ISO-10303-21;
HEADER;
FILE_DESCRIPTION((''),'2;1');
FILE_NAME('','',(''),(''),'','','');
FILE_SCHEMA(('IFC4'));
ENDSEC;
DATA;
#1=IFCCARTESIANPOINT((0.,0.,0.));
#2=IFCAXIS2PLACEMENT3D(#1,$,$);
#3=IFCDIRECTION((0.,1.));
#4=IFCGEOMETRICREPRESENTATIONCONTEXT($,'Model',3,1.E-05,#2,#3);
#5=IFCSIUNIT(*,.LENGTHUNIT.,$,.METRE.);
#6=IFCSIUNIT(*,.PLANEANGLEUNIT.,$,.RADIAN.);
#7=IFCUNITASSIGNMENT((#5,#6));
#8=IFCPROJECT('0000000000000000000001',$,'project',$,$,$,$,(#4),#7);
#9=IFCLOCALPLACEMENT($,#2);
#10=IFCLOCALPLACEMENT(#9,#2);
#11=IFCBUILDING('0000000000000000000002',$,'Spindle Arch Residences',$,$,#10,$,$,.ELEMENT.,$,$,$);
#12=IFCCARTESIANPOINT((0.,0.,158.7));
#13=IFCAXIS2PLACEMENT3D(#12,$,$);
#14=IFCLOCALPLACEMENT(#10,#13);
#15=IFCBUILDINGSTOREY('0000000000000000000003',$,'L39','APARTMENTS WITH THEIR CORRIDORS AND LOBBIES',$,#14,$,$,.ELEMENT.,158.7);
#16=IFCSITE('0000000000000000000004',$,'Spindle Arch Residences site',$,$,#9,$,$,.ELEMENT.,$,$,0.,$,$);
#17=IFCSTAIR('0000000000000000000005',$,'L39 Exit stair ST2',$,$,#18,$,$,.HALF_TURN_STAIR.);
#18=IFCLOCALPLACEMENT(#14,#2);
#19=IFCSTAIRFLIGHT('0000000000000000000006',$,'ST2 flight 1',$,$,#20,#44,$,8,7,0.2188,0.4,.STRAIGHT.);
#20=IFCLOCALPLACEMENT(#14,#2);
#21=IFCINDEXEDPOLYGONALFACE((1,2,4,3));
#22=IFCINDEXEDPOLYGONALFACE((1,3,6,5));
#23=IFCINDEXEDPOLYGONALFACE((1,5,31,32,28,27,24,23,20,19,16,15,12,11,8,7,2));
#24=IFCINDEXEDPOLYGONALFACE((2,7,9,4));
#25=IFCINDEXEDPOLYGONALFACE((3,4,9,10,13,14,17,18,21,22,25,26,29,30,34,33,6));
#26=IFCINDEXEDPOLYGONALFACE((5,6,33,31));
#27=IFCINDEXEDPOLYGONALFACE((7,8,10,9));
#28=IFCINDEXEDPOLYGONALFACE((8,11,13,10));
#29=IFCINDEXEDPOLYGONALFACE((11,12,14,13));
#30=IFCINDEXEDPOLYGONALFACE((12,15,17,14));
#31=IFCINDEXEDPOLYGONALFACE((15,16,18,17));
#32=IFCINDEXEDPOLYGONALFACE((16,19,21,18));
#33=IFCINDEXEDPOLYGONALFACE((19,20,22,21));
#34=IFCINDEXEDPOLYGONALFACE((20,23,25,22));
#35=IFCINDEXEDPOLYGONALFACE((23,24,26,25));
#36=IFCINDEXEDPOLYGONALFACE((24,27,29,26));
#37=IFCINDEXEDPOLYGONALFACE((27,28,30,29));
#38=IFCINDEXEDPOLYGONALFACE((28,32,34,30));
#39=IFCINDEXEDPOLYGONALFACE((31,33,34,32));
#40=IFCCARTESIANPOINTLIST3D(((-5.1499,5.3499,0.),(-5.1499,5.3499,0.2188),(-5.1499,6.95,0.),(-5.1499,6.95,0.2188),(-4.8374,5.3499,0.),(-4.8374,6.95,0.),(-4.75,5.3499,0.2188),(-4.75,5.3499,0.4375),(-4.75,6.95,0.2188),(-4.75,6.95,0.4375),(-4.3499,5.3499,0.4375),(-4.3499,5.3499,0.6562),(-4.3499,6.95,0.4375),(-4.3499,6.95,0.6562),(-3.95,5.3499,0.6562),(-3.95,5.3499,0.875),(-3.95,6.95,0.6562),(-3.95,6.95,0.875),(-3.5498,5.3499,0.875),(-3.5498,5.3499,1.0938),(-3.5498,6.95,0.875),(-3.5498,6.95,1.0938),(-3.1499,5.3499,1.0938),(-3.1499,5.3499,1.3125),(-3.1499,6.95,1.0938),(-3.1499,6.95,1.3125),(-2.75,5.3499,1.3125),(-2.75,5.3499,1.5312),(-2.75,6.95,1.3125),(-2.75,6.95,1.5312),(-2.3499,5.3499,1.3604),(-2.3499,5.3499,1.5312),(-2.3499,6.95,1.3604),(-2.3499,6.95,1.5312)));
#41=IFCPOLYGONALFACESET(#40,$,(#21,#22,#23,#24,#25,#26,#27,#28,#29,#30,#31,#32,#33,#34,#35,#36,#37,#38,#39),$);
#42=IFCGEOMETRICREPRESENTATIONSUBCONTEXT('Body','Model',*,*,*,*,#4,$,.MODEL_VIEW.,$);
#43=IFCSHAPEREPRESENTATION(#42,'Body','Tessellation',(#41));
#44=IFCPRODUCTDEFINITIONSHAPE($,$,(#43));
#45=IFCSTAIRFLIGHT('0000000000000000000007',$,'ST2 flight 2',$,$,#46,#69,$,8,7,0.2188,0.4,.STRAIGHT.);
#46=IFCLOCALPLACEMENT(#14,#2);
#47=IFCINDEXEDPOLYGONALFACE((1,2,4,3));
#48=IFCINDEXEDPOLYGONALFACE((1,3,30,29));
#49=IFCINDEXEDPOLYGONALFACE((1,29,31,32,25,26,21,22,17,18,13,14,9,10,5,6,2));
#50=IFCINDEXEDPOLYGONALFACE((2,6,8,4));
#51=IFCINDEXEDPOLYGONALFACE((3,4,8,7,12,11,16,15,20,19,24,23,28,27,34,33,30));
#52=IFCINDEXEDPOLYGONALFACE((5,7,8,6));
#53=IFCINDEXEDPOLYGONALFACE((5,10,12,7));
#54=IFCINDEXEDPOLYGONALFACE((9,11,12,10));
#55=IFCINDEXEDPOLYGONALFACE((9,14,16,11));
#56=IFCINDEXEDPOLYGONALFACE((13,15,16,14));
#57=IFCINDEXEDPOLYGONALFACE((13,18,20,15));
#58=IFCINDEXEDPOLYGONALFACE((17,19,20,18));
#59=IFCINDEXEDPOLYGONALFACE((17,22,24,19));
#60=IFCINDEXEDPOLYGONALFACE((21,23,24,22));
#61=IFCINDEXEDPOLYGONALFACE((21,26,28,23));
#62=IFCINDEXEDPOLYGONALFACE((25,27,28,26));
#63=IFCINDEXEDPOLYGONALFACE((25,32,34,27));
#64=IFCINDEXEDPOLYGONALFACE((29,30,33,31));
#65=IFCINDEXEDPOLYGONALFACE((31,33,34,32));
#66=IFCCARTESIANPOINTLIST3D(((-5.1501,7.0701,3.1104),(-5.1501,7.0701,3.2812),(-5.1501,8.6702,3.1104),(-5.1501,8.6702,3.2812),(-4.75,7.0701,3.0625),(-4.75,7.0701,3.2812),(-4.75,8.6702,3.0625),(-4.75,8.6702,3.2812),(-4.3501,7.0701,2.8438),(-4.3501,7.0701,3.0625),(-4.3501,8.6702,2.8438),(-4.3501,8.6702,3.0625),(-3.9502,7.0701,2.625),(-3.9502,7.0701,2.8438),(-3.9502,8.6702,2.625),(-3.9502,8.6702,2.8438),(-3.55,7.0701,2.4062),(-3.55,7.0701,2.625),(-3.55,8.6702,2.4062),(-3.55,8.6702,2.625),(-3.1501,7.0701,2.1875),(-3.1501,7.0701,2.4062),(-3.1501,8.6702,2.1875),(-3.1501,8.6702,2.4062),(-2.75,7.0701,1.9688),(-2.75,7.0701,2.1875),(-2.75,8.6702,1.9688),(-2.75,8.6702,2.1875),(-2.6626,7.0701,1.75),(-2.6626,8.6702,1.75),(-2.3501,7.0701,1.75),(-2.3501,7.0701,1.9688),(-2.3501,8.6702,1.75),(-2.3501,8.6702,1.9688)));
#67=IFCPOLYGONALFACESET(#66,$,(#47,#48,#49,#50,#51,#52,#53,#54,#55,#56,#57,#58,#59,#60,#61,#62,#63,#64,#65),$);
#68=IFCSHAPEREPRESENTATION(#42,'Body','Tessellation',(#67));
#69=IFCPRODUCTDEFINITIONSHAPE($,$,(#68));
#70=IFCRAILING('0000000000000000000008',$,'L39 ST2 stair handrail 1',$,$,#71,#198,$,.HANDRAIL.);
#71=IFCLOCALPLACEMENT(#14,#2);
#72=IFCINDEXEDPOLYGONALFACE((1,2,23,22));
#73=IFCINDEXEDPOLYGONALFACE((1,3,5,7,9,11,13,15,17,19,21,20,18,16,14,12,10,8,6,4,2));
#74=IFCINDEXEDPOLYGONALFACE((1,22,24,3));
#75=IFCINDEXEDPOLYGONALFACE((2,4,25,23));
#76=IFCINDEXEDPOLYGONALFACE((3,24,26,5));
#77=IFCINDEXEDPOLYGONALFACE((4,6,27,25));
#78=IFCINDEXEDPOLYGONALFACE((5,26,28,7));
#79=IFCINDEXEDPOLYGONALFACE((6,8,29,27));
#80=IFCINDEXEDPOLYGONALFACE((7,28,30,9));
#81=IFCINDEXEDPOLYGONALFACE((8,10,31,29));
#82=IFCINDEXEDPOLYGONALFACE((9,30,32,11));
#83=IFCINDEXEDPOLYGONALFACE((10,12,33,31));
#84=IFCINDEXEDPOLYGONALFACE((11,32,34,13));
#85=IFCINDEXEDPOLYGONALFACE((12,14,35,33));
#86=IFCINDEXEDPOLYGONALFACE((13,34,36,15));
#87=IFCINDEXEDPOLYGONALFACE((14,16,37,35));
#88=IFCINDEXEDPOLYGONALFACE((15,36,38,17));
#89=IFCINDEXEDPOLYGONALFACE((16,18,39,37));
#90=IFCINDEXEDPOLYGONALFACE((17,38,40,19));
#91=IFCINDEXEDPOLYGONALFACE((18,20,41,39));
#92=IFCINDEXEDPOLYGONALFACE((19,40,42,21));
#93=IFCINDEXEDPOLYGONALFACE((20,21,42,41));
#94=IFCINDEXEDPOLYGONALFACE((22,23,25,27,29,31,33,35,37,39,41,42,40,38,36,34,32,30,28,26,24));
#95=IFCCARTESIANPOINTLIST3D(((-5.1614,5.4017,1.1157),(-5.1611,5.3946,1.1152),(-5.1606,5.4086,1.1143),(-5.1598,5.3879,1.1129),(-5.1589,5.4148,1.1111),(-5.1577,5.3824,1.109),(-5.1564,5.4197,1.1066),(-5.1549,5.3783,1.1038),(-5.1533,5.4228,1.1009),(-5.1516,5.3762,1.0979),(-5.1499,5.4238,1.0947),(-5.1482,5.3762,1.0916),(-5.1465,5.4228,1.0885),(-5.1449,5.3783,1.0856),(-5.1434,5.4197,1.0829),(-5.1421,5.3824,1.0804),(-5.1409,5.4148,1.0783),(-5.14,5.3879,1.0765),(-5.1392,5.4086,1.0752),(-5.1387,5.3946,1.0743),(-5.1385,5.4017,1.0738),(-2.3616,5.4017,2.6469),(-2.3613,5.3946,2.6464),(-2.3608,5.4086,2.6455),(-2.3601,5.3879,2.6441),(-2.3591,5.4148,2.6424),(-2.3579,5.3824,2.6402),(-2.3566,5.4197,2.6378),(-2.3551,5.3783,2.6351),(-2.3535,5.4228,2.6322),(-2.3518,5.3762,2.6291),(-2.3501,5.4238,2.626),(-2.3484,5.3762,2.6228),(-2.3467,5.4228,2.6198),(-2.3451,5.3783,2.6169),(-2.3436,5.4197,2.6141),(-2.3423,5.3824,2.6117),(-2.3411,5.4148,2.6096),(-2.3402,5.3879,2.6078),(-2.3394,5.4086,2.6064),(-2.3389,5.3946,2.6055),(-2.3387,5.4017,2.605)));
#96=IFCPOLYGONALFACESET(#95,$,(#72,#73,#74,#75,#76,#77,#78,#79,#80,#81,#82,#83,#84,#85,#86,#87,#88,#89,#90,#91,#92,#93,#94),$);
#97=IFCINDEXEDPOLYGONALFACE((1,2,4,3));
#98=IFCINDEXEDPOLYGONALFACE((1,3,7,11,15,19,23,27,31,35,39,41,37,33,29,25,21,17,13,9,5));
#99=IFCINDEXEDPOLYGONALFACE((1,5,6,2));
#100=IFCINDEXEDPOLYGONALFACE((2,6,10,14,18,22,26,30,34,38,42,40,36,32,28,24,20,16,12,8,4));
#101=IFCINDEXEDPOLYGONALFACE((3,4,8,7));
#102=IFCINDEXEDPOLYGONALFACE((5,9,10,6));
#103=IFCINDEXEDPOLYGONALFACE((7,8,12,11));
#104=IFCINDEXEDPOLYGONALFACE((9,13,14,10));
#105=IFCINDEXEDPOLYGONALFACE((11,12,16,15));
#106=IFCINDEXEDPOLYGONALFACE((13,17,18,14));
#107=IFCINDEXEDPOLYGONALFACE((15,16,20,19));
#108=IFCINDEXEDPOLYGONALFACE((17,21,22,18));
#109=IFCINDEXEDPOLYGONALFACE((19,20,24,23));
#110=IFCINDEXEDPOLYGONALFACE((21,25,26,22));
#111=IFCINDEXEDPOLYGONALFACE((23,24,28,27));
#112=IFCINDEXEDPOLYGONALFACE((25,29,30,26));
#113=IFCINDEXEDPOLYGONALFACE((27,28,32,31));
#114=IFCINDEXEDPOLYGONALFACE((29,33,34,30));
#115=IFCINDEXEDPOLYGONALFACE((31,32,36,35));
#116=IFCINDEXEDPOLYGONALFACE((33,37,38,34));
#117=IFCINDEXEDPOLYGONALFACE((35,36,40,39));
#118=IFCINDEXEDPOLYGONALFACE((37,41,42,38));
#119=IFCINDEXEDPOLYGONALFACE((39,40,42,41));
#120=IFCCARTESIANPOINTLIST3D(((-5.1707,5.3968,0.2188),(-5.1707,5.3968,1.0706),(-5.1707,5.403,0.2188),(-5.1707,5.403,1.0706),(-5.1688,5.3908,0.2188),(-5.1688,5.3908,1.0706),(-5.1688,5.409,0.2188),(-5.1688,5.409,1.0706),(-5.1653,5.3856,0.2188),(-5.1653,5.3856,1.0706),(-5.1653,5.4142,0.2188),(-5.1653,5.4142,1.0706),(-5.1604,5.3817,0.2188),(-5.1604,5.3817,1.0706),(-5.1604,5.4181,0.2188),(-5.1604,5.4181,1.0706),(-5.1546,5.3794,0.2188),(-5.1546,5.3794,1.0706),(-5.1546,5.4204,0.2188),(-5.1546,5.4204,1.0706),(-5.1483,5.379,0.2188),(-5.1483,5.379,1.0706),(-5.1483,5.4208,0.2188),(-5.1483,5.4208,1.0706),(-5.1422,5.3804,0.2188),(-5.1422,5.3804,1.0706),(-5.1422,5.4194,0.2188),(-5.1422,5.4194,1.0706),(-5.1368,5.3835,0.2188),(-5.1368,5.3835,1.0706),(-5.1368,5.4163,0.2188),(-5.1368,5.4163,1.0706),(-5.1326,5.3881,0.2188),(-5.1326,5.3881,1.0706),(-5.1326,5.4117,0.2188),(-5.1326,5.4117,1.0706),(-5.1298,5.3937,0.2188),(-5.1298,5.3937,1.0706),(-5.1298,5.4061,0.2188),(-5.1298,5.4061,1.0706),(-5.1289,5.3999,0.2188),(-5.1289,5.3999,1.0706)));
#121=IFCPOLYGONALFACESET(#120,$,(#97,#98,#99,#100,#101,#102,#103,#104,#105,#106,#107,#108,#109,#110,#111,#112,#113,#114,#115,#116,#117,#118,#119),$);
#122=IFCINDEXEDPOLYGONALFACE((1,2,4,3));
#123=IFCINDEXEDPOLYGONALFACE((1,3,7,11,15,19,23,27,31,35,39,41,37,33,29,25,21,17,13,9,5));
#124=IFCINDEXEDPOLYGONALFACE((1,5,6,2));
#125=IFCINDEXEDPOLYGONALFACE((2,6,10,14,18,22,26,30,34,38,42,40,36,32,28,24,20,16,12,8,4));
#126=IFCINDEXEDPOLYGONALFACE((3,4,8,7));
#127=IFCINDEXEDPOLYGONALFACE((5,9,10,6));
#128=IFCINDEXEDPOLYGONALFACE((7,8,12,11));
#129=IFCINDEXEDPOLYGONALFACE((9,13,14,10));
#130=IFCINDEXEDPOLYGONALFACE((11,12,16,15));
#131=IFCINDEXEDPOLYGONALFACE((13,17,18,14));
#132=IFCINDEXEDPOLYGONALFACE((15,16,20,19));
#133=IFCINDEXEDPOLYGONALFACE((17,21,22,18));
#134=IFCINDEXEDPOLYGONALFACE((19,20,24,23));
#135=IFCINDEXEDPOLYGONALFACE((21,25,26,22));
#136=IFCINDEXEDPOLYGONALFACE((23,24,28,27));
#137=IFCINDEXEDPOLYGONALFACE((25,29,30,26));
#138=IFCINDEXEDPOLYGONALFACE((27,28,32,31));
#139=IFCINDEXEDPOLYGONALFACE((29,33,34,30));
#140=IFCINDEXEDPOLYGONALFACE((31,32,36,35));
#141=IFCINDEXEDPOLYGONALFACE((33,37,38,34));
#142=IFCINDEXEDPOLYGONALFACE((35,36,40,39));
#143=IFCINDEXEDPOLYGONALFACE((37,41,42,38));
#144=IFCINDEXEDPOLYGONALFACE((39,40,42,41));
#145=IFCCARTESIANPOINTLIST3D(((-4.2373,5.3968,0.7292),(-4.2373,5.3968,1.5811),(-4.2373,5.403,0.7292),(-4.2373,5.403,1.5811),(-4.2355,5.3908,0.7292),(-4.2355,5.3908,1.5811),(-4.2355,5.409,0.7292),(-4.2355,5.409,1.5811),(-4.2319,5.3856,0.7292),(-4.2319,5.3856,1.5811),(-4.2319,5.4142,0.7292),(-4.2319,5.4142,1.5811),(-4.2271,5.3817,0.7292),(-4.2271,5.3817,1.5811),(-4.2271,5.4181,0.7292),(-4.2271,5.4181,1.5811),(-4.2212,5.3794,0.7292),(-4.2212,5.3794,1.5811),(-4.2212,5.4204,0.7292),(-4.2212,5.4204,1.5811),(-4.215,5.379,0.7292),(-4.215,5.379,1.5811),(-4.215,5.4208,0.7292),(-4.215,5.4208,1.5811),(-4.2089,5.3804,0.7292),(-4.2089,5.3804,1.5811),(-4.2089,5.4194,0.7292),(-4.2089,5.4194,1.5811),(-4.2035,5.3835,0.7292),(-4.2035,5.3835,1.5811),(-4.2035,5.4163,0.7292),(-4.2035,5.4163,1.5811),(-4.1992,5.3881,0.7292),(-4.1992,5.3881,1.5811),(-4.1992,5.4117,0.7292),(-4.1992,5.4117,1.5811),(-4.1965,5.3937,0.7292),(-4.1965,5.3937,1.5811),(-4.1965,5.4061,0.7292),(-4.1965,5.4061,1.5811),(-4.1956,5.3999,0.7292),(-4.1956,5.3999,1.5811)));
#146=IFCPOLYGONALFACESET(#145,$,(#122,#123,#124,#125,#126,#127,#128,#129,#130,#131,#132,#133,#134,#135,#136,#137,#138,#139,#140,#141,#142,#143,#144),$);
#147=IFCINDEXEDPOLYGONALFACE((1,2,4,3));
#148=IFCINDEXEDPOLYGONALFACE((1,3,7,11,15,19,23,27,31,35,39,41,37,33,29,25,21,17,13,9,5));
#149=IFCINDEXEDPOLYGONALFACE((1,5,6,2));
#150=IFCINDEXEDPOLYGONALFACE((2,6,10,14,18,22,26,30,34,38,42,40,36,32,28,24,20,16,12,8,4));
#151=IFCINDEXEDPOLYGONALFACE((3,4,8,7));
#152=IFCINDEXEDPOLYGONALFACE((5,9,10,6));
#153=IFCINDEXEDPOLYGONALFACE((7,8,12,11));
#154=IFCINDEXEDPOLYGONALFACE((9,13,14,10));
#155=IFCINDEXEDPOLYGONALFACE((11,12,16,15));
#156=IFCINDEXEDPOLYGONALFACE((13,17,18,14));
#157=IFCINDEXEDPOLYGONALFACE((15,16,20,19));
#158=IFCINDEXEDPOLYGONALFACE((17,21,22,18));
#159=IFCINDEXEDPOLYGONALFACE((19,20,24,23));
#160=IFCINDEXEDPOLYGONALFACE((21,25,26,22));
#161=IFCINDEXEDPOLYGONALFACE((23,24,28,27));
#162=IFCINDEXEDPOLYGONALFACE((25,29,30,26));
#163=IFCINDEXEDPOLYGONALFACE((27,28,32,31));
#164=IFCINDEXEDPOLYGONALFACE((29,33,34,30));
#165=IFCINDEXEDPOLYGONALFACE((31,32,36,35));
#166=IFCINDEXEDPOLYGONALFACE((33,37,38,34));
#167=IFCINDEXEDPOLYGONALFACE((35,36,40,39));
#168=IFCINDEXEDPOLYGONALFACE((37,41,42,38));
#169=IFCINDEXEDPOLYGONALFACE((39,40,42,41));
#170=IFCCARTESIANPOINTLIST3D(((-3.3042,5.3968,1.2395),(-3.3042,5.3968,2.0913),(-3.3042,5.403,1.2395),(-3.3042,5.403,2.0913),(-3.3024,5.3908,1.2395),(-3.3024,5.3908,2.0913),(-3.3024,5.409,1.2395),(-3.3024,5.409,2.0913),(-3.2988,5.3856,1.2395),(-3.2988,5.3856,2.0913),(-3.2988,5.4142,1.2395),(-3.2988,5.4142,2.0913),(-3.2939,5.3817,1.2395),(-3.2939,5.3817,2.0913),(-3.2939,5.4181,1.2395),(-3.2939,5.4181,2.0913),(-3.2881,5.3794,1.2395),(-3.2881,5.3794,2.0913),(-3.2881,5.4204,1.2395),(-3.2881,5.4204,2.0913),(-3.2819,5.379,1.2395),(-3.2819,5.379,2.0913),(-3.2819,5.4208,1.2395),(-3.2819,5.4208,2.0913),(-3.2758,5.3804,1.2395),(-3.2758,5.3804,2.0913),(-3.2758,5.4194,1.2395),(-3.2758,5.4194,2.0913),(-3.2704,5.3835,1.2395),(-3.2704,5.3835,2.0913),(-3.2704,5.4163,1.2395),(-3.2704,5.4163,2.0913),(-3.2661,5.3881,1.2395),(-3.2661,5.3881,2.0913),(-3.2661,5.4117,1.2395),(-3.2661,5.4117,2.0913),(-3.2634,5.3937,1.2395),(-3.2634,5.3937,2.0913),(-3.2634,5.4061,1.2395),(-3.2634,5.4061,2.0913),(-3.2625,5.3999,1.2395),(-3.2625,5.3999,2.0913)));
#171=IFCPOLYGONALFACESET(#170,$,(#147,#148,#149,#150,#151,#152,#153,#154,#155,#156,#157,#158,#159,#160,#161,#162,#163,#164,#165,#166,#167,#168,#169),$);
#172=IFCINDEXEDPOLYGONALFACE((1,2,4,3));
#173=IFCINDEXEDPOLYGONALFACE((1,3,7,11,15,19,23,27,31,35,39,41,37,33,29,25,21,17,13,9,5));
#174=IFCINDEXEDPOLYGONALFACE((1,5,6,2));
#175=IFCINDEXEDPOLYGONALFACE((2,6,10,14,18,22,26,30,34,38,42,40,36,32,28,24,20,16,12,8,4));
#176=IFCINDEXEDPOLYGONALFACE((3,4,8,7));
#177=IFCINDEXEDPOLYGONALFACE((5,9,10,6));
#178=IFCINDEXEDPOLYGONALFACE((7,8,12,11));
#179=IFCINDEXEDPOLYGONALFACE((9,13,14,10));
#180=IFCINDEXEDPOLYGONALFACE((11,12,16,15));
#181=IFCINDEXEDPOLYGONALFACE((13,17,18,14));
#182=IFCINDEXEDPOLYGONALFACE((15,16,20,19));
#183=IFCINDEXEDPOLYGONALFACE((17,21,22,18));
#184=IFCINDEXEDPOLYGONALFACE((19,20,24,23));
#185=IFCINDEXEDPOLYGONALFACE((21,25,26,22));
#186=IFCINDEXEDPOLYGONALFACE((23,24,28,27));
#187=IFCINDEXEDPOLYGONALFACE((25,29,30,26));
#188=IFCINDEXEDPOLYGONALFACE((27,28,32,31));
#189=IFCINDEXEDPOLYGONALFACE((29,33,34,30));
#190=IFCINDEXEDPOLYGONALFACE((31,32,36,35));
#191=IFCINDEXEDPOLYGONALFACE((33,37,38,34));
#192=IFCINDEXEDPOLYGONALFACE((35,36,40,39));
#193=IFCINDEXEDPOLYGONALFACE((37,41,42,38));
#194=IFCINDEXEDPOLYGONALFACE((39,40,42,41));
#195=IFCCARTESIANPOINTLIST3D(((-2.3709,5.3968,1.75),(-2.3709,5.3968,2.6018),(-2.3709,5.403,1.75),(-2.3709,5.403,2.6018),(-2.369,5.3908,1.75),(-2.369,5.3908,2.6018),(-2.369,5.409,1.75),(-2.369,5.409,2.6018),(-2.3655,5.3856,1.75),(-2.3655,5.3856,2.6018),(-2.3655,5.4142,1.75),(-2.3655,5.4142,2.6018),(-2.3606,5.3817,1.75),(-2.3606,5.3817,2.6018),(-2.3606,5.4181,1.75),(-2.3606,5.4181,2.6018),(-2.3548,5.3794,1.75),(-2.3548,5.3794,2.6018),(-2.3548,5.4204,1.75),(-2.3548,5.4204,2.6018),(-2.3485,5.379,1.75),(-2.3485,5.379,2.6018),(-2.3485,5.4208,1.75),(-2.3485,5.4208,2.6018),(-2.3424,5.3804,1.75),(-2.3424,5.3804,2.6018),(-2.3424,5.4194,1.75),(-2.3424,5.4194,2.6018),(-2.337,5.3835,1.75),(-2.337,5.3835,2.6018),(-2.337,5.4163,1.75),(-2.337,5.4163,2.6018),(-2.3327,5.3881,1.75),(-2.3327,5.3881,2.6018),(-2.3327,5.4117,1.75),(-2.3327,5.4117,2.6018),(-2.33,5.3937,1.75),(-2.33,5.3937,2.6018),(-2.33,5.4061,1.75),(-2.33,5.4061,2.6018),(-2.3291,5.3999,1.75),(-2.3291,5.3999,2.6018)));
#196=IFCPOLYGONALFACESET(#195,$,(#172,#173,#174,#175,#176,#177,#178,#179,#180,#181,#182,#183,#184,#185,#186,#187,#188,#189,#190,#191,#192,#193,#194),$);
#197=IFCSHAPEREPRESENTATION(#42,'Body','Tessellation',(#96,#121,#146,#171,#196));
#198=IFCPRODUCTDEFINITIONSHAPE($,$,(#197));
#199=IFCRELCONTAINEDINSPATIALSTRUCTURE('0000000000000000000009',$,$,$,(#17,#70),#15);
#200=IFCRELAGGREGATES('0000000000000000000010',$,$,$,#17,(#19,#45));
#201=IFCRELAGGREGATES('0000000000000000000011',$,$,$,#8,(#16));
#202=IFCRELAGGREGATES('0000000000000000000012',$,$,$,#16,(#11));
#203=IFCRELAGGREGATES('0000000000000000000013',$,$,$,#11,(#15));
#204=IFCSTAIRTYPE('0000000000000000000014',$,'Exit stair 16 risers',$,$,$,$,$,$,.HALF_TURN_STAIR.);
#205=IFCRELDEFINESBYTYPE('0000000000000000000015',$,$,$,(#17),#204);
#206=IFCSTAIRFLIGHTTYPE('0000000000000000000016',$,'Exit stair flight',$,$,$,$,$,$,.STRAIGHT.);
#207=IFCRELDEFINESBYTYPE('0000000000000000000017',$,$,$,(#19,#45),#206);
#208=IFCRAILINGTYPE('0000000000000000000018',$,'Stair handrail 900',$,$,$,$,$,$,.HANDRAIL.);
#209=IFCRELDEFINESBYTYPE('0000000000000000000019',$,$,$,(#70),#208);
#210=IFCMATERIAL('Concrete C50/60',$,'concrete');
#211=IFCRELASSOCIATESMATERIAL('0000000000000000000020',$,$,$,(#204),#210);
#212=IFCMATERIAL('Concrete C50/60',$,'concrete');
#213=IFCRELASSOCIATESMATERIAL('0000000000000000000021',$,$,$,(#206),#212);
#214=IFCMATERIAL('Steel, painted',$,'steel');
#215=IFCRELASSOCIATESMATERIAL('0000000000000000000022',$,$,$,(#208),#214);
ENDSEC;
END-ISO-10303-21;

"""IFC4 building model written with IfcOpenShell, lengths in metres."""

from ifc_helpers import new_model, si_unit, direction, frame, origin, origin_2d, place, context, subcontext, project, spatial, polyline, circle, outline, extrude, material, type_object, element, aggregate, save


model = new_model("IFC4")

# Units and contexts
model_context = context("Model", 3, precision=1e-05, world=origin(), true_north=direction((0.0, 1.0)))
body_context = subcontext(model_context, "Body", "Model", "MODEL_VIEW")
ifc_project = project(units=[si_unit("LENGTHUNIT", "METRE"), si_unit("PLANEANGLEUNIT", "RADIAN")], contexts=[model_context])

# Site, building, storey
site_placement = place(None, origin())
site = spatial("IfcSite", under=ifc_project, at=site_placement, Name="Spindle Arch Residences site", CompositionType="ELEMENT", RefElevation=0.0)
building_placement = place(site_placement, origin())
building = spatial("IfcBuilding", under=site, at=building_placement, Name="Spindle Arch Residences", CompositionType="ELEMENT")
storey_placement = place(building_placement, frame((0.0, 0.0, 158.7)))
storey = spatial("IfcBuildingStorey", under=building, at=storey_placement, Name="L39", Description="APARTMENTS WITH THEIR CORRIDORS AND LOBBIES", CompositionType="ELEMENT", Elevation=158.7)

# Stair, stair flights
ifc_material_1 = material(Name="Concrete C50/60", Category="concrete")
stair_type = type_object("IfcStairType", Name="Exit stair 16 risers", PredefinedType="HALF_TURN_STAIR", material=ifc_material_1)
stair_placement = place(storey_placement, origin())
stair = element("IfcStair", 1, at=stair_placement, inside=storey, type_object=stair_type, Name="L39 Exit stair ST2", PredefinedType="HALF_TURN_STAIR")
ifc_material_2 = material(Name="Concrete C50/60", Category="concrete")
stair_flight_type = type_object("IfcStairFlightType", Name="Exit stair flight", PredefinedType="STRAIGHT", material=ifc_material_2)
stair_flight_1_placement = place(storey_placement, frame((-5.1499, 6.1499, 0.0), z_axis=(0.0, 0.0, 1.0), x_axis=(1.0, 0.0, 0.0)))
stair_flight_1 = element("IfcStairFlight", 2, at=stair_flight_1_placement, type_object=stair_flight_type, Name="ST2 flight 1", NumberOfRisers=8, NumberOfTreads=7, PredefinedType="STRAIGHT", RiserHeight=0.2188, TreadLength=0.4, context=body_context, shape_type="SweptSolid", body=[
    extrude(outline(polyline([(0.0, 0.0), (0.0, 0.2188), (0.3999, 0.2188), (0.3999, 0.4375), (0.8, 0.4375), (0.8, 0.6562), (1.2, 0.6562), (1.2, 0.875), (1.6001, 0.875), (1.6001, 1.0938), (2.0, 1.0938), (2.0, 1.3125), (2.3999, 1.3125), (2.3999, 1.5312), (2.8, 1.5312), (2.8, 1.75), (2.8, 1.3604), (0.3125, 0.0), (0.0, 0.0)])), frame((0.0, 0.8, 0.0), z_axis=(0.0, -1.0, 0.0), x_axis=(1.0, 0.0, 0.0)), (0.0, 0.0, 1.0), 1.6001),
])
stair_flight_2_placement = place(storey_placement, frame((-2.3501, 7.8701, 1.75), z_axis=(0.0, 0.0, 1.0), x_axis=(-1.0, 0.0, 0.0)))
stair_flight_2 = element("IfcStairFlight", 3, at=stair_flight_2_placement, type_object=stair_flight_type, Name="ST2 flight 2", NumberOfRisers=8, NumberOfTreads=7, PredefinedType="STRAIGHT", RiserHeight=0.2188, TreadLength=0.4, context=body_context, shape_type="SweptSolid", body=[
    extrude(outline(polyline([(0.0, 0.0), (0.0, 0.2188), (0.3999, 0.2188), (0.3999, 0.4375), (0.8, 0.4375), (0.8, 0.6562), (1.2, 0.6562), (1.2, 0.875), (1.6001, 0.875), (1.6001, 1.0938), (2.0, 1.0938), (2.0, 1.3125), (2.3999, 1.3125), (2.3999, 1.5312), (2.8, 1.5312), (2.8, 1.75), (2.8, 1.3604), (0.3125, 0.0), (0.0, 0.0)])), frame((0.0, 0.8, 0.0), z_axis=(0.0, -1.0, 0.0), x_axis=(1.0, 0.0, 0.0)), (0.0, 0.0, 1.0), 1.6001),
])
aggregate(stair, [stair_flight_1, stair_flight_2])

# Railing
ifc_material_3 = material(Name="Steel, painted", Category="steel")
railing_type_1 = type_object("IfcRailingType", Name="Stair handrail 900", PredefinedType="HANDRAIL", material=ifc_material_3)
railing_1_placement = place(storey_placement, frame((-5.1499, 5.3999, 0.2188)))
element("IfcRailing", 4, at=railing_1_placement, inside=storey, type_object=railing_type_1, Name="L39 ST2 stair handrail 1", PredefinedType="HANDRAIL", context=body_context, shape_type="SweptSolid", body=[
    extrude(circle(Radius=0.0239, at=origin_2d()), frame((0.0, 0.0, 0.876), z_axis=(0.877357, 0.0, 0.479838), x_axis=(0.0, 1.0, 0.0)), (0.0, 0.0, 1.0), 3.1912),
    extrude(circle(Radius=0.021, at=origin_2d()), origin(), (0.0, 0.0, 1.0), 0.8518),
    extrude(circle(Radius=0.021, at=origin_2d()), frame((0.9333, 0.0, 0.5105)), (0.0, 0.0, 1.0), 0.8518),
    extrude(circle(Radius=0.021, at=origin_2d()), frame((1.8665, 0.0, 1.0208)), (0.0, 0.0, 1.0), 0.8518),
    extrude(circle(Radius=0.021, at=origin_2d()), frame((2.7998, 0.0, 1.5312)), (0.0, 0.0, 1.0), 0.8518),
])

save(model, "model.ifc")
